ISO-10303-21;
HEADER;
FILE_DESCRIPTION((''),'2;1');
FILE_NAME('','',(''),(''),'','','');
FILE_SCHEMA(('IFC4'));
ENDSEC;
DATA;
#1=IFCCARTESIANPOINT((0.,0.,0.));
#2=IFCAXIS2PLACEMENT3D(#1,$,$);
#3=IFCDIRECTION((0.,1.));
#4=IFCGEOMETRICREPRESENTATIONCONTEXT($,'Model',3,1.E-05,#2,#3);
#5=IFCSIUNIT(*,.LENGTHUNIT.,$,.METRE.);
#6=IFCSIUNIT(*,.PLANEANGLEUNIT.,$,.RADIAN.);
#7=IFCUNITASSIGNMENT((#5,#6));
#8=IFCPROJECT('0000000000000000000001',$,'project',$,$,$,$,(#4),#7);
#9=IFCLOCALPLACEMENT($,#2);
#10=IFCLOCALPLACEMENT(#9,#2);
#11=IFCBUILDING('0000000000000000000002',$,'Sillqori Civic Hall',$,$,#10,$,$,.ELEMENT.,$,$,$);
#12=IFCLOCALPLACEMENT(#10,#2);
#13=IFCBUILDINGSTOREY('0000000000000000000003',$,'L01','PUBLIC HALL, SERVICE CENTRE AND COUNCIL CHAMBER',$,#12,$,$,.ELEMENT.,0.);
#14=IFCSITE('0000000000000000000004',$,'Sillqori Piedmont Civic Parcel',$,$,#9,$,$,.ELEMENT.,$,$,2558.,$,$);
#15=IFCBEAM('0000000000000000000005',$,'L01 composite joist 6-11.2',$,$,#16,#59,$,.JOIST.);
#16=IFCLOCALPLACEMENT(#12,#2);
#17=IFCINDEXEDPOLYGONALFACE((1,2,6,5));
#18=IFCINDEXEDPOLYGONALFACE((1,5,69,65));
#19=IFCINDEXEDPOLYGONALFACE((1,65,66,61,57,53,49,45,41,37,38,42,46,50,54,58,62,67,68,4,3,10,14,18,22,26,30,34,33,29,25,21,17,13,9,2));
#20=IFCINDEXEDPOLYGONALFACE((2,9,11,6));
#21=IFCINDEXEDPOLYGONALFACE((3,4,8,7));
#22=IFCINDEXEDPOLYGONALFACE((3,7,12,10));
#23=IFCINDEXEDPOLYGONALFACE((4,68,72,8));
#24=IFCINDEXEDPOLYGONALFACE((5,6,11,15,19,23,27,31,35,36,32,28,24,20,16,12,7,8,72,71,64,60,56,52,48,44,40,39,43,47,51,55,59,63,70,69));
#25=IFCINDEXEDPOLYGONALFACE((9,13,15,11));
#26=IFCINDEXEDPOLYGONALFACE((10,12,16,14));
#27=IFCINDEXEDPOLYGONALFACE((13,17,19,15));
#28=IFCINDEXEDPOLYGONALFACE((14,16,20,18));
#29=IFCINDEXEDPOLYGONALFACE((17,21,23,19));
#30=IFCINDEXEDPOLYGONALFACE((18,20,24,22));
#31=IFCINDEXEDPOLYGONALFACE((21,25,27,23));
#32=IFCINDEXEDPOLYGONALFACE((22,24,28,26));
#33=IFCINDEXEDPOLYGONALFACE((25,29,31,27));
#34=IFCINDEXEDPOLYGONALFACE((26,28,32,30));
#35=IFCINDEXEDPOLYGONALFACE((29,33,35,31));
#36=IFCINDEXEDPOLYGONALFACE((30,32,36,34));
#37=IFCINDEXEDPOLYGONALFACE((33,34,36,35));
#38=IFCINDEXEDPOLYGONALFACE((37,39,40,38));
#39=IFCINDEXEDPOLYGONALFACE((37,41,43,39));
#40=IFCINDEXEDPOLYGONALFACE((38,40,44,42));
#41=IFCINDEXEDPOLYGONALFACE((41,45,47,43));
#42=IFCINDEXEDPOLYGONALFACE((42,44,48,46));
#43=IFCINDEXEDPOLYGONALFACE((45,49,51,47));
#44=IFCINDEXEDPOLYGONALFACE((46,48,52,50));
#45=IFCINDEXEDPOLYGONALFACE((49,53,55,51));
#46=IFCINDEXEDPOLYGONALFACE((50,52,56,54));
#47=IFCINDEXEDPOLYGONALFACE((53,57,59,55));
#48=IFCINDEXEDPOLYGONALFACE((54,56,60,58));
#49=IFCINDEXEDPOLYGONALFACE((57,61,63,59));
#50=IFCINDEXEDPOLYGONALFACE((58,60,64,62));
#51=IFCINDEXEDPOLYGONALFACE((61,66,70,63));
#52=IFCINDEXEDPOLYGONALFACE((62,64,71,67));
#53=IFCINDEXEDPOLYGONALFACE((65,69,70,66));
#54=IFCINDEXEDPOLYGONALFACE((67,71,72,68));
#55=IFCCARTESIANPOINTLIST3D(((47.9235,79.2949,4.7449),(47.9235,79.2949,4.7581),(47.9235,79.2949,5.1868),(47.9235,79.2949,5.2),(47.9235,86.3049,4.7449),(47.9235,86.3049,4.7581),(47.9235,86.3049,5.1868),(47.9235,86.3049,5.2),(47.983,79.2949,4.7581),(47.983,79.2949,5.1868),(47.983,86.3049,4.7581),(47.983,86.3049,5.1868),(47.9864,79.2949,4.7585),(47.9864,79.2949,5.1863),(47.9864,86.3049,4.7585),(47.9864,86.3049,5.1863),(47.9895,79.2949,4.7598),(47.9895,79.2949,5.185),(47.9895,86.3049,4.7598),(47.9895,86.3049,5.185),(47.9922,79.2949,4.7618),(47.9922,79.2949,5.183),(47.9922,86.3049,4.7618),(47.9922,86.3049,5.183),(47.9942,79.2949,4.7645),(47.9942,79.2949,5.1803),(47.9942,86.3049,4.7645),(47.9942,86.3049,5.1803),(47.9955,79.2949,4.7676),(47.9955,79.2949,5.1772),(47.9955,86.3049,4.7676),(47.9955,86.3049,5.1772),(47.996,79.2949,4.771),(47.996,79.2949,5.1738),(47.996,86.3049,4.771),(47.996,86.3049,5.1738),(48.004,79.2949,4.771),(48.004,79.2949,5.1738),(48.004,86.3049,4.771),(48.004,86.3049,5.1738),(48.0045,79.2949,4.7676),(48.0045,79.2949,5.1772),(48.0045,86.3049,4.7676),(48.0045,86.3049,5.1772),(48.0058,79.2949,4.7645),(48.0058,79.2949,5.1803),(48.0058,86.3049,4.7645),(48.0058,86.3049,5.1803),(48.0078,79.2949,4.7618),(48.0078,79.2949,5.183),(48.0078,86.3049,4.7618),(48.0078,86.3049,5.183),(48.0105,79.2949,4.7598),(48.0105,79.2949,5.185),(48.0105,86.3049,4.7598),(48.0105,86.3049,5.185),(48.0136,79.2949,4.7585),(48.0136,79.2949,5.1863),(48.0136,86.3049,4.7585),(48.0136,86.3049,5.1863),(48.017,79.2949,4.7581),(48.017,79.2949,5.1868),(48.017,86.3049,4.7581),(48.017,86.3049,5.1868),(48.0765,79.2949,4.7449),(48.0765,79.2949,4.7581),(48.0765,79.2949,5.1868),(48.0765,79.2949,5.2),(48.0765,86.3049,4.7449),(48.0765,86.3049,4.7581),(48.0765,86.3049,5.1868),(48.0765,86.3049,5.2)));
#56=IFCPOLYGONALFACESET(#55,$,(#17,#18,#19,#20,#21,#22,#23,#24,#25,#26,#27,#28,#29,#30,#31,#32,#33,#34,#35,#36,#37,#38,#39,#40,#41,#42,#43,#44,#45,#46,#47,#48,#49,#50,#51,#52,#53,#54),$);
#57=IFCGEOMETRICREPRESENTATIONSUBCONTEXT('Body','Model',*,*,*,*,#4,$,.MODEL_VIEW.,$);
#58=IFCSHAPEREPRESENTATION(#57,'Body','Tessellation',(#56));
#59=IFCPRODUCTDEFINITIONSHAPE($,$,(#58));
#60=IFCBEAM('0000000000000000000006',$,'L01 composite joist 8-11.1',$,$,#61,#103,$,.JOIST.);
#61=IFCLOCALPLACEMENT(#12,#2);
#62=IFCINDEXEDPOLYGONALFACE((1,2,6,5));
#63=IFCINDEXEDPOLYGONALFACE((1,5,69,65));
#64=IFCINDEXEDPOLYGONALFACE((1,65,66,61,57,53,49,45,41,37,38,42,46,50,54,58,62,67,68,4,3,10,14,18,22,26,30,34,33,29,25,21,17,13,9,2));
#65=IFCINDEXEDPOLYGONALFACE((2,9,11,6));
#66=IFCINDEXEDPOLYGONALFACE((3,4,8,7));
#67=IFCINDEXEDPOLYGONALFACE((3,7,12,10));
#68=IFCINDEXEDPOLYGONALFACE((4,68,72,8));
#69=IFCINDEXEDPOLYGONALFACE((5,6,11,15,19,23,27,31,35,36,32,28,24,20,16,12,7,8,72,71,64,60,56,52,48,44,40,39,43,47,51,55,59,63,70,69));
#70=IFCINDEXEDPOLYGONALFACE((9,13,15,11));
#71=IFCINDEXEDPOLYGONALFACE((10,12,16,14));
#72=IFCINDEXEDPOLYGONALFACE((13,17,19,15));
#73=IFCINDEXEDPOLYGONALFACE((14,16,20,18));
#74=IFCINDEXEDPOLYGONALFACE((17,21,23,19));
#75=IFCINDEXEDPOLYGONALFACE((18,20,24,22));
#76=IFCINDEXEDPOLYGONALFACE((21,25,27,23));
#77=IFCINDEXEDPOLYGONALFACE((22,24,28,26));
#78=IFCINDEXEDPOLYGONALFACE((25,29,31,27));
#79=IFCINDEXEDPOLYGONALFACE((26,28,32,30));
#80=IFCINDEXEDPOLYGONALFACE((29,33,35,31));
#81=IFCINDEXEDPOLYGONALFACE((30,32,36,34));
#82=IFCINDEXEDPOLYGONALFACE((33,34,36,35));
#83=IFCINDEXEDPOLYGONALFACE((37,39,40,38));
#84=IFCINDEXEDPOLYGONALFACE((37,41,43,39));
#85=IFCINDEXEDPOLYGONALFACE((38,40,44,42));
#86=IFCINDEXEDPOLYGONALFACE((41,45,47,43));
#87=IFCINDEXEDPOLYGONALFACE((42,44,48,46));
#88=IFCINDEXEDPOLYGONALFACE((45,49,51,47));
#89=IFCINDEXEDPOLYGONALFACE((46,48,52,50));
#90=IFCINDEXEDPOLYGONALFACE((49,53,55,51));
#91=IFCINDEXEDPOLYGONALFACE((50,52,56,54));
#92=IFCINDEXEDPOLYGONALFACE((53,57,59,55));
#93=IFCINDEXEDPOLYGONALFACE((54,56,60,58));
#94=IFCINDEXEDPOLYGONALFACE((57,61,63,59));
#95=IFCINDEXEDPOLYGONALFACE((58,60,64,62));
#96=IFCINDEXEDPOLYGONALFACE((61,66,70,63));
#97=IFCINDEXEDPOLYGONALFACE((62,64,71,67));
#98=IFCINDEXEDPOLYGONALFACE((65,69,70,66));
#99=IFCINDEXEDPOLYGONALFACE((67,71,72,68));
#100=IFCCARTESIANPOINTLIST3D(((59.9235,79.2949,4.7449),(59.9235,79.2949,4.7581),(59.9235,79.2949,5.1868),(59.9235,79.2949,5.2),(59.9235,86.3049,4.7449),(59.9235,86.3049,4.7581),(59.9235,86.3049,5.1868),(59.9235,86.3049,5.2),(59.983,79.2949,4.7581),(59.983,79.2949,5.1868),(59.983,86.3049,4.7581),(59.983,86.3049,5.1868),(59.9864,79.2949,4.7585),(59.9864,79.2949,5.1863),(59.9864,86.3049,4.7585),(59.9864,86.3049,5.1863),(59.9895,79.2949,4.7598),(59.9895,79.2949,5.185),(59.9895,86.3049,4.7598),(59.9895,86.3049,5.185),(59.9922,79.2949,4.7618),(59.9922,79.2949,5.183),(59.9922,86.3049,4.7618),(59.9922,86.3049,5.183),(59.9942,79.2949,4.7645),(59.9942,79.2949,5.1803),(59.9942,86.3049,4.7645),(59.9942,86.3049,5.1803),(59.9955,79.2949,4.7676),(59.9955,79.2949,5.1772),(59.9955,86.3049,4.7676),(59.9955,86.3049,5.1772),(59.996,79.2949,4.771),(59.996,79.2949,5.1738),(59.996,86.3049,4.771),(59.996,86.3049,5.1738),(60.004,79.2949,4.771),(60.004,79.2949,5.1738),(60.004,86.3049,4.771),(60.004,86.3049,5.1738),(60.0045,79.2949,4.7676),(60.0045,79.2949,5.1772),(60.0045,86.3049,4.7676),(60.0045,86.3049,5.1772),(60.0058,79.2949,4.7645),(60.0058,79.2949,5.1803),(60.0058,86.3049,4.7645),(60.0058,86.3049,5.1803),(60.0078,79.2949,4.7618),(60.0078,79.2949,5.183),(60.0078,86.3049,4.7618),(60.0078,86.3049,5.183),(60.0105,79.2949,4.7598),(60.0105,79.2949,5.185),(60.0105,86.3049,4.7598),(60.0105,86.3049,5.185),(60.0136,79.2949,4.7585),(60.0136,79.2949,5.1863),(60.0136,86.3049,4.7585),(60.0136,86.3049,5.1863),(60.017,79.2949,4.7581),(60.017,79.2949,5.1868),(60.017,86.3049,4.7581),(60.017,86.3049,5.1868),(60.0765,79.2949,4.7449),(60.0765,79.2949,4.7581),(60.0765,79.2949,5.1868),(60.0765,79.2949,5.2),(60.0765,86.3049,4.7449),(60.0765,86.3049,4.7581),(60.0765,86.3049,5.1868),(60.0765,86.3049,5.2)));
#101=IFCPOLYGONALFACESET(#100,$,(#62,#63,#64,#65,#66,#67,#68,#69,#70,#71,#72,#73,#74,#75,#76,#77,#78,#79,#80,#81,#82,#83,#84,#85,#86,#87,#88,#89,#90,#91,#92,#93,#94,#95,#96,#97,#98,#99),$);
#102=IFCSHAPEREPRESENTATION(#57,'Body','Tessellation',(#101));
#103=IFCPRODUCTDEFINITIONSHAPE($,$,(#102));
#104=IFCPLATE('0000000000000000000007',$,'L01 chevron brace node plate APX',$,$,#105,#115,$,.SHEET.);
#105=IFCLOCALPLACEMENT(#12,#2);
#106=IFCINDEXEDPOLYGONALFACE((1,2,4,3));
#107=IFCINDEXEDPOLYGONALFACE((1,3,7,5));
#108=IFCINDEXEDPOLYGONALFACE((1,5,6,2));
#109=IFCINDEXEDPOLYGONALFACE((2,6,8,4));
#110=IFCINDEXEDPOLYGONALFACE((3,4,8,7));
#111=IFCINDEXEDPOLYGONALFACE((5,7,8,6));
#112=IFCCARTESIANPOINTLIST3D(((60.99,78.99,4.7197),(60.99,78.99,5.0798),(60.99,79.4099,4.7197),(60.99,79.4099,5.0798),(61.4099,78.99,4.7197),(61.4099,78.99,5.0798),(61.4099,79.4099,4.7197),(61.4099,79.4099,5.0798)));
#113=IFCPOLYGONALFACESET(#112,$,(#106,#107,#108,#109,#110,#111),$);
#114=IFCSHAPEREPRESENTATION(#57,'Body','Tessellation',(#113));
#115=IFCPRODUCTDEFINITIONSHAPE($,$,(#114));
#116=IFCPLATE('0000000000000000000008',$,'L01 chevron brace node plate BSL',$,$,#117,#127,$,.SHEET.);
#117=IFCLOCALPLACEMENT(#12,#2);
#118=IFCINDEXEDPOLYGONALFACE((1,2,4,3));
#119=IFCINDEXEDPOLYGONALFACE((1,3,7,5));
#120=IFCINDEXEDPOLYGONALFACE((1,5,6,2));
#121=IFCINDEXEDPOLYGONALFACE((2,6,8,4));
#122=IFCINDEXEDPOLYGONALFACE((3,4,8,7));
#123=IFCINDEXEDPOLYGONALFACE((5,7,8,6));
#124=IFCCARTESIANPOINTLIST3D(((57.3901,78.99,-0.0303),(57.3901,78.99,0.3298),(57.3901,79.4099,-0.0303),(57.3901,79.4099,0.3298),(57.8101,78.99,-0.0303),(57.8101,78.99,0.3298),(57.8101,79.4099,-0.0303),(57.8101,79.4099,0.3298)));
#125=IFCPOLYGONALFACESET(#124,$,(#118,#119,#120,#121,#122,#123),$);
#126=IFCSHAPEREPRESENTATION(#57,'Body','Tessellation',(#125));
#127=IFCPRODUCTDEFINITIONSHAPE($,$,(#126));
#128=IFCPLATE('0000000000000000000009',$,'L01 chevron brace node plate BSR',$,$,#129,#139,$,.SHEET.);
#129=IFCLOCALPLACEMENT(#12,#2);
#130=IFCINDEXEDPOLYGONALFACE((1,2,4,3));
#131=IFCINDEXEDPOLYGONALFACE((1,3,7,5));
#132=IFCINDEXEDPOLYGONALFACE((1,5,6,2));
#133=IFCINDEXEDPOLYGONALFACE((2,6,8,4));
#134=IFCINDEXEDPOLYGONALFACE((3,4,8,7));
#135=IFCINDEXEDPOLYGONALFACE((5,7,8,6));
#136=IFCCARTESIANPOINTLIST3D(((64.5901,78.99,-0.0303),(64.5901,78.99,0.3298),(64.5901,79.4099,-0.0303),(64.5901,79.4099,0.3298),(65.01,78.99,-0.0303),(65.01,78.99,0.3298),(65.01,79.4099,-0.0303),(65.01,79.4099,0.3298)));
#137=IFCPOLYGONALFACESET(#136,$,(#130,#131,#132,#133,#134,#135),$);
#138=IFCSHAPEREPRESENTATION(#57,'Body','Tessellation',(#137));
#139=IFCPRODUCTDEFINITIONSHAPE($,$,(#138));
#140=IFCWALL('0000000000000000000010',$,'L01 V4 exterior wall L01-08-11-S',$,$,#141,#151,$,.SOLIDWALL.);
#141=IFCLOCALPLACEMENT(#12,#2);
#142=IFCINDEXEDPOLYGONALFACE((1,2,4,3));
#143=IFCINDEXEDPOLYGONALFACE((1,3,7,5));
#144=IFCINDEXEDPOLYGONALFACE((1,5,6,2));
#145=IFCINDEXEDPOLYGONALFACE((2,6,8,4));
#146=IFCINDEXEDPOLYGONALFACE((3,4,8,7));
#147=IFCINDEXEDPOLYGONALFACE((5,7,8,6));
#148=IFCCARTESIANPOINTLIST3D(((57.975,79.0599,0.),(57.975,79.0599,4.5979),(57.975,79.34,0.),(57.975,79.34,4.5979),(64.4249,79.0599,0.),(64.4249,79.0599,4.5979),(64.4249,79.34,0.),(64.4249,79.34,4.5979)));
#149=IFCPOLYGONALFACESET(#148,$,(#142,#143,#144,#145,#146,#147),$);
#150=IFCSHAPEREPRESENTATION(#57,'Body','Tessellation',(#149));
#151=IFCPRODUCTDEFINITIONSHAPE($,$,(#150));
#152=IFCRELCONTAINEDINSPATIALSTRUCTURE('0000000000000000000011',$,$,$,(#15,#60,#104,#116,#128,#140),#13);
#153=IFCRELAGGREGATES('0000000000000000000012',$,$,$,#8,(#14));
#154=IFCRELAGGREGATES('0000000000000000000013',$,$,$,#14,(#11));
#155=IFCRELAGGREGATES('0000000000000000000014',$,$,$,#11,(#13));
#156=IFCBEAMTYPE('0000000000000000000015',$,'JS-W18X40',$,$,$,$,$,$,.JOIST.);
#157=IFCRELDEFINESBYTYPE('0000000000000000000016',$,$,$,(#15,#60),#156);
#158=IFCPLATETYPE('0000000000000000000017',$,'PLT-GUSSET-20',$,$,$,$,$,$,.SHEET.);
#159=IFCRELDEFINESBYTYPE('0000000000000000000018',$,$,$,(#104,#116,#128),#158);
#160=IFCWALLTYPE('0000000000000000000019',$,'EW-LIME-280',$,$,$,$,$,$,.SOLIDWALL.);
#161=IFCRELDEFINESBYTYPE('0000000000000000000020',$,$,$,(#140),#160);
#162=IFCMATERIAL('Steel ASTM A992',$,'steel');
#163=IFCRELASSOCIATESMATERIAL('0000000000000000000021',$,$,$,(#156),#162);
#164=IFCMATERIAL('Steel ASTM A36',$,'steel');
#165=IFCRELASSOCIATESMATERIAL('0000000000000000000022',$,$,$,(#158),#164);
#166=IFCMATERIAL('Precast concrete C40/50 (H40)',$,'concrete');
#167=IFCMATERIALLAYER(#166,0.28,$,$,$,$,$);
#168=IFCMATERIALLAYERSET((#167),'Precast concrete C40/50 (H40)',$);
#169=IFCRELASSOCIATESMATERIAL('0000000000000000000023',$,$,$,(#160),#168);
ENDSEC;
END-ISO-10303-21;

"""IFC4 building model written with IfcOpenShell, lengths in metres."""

from ifc_helpers import new_model, si_unit, direction, frame, frame_2d, origin, origin_2d, place, context, subcontext, project, spatial, rectangle, i_section, extrude, material, layer, layer_set, material_profile, profile_set, type_object, element, save


model = new_model("IFC4")

# Units and contexts
model_context = context("Model", 3, precision=1e-05, world=origin(), true_north=direction((0.0, 1.0)))
body_context = subcontext(model_context, "Body", "Model", "MODEL_VIEW")
ifc_project = project(units=[si_unit("LENGTHUNIT", "METRE"), si_unit("PLANEANGLEUNIT", "RADIAN")], contexts=[model_context])

# Site, building, storey
site_placement = place(None, origin())
site = spatial("IfcSite", under=ifc_project, at=site_placement, Name="Sillqori Piedmont Civic Parcel", CompositionType="ELEMENT", RefElevation=2558.0)
building_placement = place(site_placement, origin())
building = spatial("IfcBuilding", under=site, at=building_placement, Name="Sillqori Civic Hall", CompositionType="ELEMENT")
storey_placement = place(building_placement, origin())
storey = spatial("IfcBuildingStorey", under=building, at=storey_placement, Name="L01", Description="PUBLIC HALL, SERVICE CENTRE AND COUNCIL CHAMBER", CompositionType="ELEMENT", Elevation=0.0)

# Shared definitions
ifc_material_1 = material(Name="Steel ASTM A992", Category="steel")

# Beams
ifc_material_profile_1 = material_profile(ifc_material_1, i_section(OverallWidth=0.1531, OverallDepth=0.4551, WebThickness=0.0081, FlangeThickness=0.0132, FilletRadius=0.0129, at=origin_2d()), Name="W18X40")
ifc_profile_set_1 = profile_set([ifc_material_profile_1], Name="Steel ASTM A992")
beam_type_1 = type_object("IfcBeamType", Name="JS-W18X40", PredefinedType="JOIST", material=ifc_profile_set_1)
for number, where, z_axis, x_axis, name in (
    (1, (48.0, 79.2949, 4.9724), (0.0, 1.0, 0.0), (-1.0, 0.0, 0.0), "L01 composite joist 6-11.2"),
    (2, (60.0, 79.2949, 4.9724), (0.0, 1.0, 0.0), (-1.0, 0.0, 0.0), "L01 composite joist 8-11.1"),
):
    element("IfcBeam", number, at=place(storey_placement, frame(where, z_axis=z_axis, x_axis=x_axis)), inside=storey, type_object=beam_type_1, Name=name, PredefinedType="JOIST", context=body_context, shape_type="SweptSolid", body=[
        extrude(i_section(OverallWidth=0.1531, OverallDepth=0.4551, WebThickness=0.0081, FlangeThickness=0.0132, FilletRadius=0.0129, at=origin_2d()), origin(), (0.0, 0.0, 1.0), 7.01),
    ])

# Plates
ifc_material_2 = material(Name="Steel ASTM A36", Category="steel")
plate_type = type_object("IfcPlateType", Name="PLT-GUSSET-20", PredefinedType="SHEET", material=ifc_material_2)
for number, where, z_axis, x_axis, name in (
    (3, (61.2, 79.2, 4.7197), (0.0, 0.0, 1.0), (1.0, 0.0, 0.0), "L01 chevron brace node plate APX"),
    (4, (57.6001, 79.2, -0.0303), (0.0, 0.0, 1.0), (1.0, 0.0, 0.0), "L01 chevron brace node plate BSL"),
    (5, (64.8, 79.2, -0.0303), (0.0, 0.0, 1.0), (1.0, 0.0, 0.0), "L01 chevron brace node plate BSR"),
):
    element("IfcPlate", number, at=place(storey_placement, frame(where, z_axis=z_axis, x_axis=x_axis)), inside=storey, type_object=plate_type, Name=name, PredefinedType="SHEET", context=body_context, shape_type="SweptSolid", body=[
        extrude(rectangle(XDim=0.4199, YDim=0.4199, at=origin_2d()), origin(), (0.0, 0.0, 1.0), 0.3601),
    ])

# Wall
ifc_material_3 = material(Name="Precast concrete C40/50 (H40)", Category="concrete")
ifc_layer = layer(ifc_material_3, 0.28)
ifc_layer_set = layer_set([ifc_layer], Name="Precast concrete C40/50 (H40)")
wall_type = type_object("IfcWallType", Name="EW-LIME-280", PredefinedType="SOLIDWALL", material=ifc_layer_set)
wall_placement = place(storey_placement, frame((64.425, 79.2, 0.0), z_axis=(0.0, 0.0, 1.0), x_axis=(-1.0, 0.0, 0.0)))
element("IfcWall", 6, at=wall_placement, inside=storey, type_object=wall_type, Name="L01 V4 exterior wall L01-08-11-S", PredefinedType="SOLIDWALL", context=body_context, shape_type="SweptSolid", body=[
    extrude(rectangle(XDim=6.45, YDim=0.28, at=frame_2d((3.2251, 0.0))), origin(), (0.0, 0.0, 1.0), 4.5979),
])

save(model, "model.ifc")
